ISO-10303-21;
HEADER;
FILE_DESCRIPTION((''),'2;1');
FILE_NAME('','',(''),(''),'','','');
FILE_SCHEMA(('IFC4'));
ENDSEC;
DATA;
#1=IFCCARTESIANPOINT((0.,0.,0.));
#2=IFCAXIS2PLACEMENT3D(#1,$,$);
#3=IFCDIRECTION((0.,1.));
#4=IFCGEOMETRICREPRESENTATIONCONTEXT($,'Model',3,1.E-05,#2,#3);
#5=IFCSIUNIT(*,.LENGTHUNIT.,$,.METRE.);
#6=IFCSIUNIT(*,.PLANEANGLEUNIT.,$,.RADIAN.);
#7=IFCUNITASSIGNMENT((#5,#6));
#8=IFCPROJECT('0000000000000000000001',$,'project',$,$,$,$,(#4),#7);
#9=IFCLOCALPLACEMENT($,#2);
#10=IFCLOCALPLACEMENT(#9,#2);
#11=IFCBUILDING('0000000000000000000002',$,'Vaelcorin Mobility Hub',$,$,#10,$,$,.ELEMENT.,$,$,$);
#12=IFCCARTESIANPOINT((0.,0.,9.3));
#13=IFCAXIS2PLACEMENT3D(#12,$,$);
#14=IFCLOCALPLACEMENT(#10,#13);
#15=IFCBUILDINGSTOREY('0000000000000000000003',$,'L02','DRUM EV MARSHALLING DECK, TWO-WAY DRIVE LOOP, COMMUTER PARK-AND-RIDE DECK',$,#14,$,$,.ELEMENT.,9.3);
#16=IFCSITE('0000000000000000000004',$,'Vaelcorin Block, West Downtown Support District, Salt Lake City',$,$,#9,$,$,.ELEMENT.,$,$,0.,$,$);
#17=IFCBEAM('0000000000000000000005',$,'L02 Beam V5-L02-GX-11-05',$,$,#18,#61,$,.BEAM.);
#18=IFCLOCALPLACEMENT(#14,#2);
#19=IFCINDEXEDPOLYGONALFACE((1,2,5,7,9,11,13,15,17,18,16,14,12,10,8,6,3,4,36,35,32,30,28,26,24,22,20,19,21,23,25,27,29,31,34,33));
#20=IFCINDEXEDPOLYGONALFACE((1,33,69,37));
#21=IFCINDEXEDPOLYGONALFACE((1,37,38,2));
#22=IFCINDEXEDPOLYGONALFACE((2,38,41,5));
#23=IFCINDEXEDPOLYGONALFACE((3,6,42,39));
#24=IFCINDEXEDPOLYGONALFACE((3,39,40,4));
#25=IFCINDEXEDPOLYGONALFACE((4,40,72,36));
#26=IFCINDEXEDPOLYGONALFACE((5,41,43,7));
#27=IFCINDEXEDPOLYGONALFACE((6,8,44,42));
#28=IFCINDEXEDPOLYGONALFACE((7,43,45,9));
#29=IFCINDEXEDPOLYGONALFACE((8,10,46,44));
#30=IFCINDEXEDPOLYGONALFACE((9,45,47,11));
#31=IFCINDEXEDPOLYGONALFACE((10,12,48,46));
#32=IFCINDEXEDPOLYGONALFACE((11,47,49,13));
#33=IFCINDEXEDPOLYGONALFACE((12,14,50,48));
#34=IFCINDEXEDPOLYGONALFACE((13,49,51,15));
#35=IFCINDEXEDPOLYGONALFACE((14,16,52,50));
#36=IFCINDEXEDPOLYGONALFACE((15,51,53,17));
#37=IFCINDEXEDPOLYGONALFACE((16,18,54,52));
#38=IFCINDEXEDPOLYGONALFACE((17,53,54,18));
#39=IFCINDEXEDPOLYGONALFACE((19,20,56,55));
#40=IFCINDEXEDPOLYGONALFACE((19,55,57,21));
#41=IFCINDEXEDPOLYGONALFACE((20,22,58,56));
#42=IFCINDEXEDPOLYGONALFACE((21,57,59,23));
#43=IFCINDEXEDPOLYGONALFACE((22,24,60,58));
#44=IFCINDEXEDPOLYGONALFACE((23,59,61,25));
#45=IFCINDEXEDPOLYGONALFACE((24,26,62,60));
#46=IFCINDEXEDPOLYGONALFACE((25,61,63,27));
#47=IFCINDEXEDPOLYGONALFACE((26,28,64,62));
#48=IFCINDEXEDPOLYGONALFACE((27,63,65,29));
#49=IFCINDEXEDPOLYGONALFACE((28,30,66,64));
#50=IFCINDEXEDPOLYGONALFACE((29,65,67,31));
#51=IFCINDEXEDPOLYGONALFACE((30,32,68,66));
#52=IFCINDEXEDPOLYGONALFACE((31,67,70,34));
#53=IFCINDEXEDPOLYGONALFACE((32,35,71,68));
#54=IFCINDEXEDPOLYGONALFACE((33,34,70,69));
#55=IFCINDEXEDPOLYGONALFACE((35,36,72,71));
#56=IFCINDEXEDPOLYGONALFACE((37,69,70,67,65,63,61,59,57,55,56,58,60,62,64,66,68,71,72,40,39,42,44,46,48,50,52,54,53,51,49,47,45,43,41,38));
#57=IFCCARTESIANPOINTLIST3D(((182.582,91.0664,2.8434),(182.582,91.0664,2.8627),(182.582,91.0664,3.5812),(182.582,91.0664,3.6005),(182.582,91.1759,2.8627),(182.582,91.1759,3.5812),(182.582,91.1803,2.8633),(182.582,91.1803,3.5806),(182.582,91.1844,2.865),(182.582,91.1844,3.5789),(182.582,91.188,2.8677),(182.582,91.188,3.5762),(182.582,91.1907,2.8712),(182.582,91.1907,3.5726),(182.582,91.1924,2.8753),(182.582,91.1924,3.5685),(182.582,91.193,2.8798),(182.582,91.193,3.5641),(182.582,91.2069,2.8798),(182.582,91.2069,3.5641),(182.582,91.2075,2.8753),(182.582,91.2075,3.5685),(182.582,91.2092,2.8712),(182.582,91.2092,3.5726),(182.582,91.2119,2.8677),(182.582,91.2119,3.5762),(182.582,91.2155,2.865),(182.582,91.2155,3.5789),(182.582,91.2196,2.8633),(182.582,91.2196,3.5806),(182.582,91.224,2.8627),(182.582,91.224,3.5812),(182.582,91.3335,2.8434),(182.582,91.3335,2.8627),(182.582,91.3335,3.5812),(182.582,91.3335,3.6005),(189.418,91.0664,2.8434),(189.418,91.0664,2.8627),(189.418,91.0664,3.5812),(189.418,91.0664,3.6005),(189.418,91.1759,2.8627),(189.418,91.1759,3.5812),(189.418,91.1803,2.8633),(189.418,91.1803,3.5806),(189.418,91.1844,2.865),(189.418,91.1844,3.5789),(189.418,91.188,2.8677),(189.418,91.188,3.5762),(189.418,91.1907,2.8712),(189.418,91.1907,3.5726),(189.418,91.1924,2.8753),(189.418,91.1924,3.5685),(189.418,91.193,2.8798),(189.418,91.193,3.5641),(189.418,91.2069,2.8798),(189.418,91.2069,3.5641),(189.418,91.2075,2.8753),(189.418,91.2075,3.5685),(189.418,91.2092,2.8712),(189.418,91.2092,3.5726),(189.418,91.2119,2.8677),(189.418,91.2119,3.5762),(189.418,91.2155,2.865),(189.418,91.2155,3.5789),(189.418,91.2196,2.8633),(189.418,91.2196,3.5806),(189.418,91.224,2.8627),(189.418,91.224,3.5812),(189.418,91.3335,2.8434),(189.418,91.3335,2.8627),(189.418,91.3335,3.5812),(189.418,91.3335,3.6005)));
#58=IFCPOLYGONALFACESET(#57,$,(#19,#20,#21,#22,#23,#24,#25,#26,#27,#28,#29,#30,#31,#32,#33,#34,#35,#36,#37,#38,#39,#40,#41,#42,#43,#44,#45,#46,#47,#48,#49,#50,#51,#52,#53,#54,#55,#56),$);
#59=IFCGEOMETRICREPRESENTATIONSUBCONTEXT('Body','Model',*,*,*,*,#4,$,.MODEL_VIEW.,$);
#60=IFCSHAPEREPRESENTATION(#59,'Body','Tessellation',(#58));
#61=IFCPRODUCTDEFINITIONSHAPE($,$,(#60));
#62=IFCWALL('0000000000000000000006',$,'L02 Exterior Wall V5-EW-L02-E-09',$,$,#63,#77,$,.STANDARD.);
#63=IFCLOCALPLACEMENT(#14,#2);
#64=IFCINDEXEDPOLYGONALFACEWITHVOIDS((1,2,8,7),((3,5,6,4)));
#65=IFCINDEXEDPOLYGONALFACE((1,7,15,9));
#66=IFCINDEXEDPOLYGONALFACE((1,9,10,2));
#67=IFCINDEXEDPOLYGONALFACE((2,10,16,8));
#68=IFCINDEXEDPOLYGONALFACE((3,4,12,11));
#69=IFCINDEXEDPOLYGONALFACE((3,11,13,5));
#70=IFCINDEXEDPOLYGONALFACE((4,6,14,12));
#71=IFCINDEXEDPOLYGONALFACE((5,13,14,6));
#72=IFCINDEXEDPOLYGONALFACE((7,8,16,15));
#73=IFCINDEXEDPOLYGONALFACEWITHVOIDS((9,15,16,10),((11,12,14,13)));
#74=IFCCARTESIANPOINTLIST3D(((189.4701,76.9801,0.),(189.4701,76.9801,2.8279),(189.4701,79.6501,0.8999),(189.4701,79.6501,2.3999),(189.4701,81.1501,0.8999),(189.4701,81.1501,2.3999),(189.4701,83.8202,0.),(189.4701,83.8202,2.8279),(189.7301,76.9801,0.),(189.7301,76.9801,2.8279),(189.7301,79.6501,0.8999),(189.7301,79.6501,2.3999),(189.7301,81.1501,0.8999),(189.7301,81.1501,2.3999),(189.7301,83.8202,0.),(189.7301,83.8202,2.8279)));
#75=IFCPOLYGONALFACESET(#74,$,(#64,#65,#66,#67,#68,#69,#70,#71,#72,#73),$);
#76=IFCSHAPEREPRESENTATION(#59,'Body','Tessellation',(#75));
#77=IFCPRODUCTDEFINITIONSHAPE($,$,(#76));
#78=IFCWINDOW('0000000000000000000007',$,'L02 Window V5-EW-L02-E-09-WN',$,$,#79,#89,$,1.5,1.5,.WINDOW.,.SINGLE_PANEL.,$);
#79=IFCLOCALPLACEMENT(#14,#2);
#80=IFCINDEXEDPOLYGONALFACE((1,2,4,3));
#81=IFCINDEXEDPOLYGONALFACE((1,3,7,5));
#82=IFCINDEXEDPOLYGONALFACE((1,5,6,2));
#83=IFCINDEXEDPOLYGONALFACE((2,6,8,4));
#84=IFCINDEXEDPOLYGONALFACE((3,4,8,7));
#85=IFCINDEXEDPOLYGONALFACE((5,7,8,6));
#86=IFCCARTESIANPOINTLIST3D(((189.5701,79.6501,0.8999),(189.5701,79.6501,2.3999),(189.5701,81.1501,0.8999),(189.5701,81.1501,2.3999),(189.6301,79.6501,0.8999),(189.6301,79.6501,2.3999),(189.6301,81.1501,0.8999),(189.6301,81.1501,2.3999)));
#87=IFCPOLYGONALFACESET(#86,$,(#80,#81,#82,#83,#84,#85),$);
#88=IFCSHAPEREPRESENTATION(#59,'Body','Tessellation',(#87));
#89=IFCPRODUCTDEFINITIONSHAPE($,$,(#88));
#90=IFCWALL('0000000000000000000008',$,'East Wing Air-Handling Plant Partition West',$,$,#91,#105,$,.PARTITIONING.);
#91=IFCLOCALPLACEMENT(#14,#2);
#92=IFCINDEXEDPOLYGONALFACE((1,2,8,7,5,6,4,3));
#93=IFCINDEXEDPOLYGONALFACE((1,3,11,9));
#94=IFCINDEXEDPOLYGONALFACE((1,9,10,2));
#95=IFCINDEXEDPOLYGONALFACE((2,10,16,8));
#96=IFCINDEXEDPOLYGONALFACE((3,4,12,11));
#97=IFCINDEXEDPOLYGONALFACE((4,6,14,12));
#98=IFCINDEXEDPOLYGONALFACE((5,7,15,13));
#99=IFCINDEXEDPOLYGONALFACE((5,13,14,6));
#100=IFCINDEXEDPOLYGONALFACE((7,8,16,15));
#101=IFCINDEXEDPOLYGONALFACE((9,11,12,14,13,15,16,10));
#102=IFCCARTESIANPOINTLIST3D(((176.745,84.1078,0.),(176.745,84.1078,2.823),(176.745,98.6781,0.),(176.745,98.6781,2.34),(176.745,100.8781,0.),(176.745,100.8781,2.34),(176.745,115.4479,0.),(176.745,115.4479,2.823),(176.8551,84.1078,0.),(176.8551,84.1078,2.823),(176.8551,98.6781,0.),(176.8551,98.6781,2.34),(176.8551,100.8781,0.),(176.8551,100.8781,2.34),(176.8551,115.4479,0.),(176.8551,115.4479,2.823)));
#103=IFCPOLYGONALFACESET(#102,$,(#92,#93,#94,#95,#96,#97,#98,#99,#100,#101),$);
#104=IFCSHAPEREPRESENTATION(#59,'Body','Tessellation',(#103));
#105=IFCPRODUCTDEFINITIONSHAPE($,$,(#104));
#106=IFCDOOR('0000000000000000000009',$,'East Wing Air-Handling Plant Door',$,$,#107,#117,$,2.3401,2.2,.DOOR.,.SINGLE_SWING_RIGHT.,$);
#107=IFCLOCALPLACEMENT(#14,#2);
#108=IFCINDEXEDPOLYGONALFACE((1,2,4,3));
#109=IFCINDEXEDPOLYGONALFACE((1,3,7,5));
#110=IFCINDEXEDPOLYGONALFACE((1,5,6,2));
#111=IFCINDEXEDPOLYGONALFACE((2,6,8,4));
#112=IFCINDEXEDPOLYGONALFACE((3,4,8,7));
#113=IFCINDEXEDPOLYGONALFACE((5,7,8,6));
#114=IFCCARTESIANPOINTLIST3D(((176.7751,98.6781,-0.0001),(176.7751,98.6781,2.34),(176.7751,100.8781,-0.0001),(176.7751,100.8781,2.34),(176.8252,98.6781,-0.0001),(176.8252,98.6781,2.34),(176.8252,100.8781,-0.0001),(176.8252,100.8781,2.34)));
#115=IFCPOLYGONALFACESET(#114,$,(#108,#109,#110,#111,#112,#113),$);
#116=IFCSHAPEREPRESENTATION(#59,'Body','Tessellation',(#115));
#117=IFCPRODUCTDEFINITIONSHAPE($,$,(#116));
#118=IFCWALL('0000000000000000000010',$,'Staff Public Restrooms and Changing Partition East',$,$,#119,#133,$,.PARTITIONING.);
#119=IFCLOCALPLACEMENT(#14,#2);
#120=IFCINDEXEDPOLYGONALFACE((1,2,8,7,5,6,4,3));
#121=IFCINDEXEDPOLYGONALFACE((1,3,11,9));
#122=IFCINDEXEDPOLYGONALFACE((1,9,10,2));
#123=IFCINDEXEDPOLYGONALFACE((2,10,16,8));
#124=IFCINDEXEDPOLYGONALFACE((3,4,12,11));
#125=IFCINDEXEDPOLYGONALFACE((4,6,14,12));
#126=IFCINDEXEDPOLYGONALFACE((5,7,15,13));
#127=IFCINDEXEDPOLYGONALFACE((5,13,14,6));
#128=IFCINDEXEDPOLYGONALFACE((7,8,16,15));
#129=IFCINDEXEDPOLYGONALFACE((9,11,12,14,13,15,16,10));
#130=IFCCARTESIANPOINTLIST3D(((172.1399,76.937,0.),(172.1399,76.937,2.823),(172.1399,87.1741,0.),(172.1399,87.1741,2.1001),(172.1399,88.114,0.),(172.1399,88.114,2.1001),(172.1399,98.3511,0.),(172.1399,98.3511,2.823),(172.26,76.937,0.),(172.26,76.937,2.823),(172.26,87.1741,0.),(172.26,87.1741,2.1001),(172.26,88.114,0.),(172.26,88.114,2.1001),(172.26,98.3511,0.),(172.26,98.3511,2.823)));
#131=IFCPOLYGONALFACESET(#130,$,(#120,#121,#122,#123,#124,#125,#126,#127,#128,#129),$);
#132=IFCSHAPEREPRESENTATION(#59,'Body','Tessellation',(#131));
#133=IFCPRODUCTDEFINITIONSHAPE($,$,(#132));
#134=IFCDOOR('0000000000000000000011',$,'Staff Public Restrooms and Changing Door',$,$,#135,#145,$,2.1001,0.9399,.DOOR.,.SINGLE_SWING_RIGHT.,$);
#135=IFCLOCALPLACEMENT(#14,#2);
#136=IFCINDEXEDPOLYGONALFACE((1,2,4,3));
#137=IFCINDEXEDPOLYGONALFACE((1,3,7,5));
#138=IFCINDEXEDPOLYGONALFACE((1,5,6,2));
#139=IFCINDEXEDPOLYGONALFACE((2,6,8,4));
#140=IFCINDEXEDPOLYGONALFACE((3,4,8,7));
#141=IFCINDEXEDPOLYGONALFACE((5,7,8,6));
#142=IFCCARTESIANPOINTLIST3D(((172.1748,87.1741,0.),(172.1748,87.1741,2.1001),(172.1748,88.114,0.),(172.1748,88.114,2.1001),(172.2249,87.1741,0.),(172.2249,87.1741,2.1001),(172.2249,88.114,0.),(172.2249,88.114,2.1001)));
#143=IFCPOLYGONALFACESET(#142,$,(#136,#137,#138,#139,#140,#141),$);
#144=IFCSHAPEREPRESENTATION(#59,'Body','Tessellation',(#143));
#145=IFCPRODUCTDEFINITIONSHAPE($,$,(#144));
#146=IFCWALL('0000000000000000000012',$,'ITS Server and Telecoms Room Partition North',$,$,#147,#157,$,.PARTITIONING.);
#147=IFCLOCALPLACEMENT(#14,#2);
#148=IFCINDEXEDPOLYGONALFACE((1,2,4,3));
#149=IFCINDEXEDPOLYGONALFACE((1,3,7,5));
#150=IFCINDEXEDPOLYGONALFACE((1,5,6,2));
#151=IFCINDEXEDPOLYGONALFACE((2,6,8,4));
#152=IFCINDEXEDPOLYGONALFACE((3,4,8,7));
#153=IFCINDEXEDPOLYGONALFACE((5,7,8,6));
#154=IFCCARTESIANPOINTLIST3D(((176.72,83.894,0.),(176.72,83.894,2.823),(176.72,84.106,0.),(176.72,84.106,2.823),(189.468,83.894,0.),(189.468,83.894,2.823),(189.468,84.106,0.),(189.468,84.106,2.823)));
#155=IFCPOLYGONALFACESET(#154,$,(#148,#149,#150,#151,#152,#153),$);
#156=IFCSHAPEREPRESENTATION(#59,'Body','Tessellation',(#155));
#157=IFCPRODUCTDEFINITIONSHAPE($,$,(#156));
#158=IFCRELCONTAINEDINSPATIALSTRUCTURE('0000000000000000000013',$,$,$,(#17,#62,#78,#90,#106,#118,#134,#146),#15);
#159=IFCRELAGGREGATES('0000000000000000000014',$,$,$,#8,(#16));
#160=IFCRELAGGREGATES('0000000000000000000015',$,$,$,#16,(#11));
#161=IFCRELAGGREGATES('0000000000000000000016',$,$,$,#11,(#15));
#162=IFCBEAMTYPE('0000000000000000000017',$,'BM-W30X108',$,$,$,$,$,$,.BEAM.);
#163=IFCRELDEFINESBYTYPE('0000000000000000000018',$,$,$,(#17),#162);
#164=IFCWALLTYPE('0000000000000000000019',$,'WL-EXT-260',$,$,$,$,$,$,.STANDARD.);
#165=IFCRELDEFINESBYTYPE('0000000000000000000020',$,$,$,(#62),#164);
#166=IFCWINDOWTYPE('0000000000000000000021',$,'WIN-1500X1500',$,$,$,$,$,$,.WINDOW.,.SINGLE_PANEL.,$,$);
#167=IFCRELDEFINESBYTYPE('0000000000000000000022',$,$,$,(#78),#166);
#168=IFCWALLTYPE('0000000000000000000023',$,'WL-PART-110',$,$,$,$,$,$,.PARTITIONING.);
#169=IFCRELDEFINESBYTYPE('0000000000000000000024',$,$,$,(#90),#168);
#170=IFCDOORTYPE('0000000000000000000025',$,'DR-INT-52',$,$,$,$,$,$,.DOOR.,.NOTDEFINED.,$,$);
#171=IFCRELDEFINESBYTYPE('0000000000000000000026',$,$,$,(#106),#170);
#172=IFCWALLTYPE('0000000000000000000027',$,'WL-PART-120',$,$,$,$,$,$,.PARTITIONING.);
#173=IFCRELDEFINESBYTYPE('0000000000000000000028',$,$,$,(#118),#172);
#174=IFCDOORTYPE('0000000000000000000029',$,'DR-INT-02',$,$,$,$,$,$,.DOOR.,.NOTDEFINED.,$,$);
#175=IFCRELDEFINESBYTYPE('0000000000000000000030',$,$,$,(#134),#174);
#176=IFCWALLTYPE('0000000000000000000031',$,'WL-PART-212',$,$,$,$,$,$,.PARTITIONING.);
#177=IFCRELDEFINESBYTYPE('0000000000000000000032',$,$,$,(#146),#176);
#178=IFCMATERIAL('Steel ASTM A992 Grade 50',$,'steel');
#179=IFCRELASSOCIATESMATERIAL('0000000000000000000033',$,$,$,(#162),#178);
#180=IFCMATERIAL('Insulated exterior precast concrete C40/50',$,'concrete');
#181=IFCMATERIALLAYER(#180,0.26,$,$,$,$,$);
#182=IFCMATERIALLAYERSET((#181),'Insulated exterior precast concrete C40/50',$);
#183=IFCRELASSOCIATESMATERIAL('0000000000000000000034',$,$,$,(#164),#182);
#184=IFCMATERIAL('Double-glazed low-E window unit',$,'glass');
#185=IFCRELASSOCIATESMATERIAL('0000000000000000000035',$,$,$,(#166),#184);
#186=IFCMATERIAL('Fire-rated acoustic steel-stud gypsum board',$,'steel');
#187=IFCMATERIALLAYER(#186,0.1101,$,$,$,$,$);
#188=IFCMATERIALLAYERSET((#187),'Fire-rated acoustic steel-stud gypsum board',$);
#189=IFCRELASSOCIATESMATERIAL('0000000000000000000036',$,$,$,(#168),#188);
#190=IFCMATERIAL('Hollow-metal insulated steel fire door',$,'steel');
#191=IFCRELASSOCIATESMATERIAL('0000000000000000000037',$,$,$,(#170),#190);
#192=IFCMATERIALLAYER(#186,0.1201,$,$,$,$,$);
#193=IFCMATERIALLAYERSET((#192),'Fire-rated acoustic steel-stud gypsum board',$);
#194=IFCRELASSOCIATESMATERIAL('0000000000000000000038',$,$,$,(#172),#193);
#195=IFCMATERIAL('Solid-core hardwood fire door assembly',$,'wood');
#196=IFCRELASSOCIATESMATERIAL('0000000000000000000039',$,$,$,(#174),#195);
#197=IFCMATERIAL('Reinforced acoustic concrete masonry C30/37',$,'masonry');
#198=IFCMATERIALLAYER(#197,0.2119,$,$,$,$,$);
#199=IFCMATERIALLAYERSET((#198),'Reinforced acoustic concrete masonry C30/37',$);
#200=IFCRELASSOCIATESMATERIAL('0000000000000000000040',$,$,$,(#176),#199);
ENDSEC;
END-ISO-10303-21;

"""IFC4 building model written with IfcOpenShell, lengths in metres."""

from ifc_helpers import new_model, si_unit, direction, frame, frame_2d, origin, origin_2d, place, context, subcontext, project, spatial, rectangle, i_section, extrude, material, layer, layer_set, material_profile, profile_set, type_object, element, fill, save


model = new_model("IFC4")

# Units and contexts
model_context = context("Model", 3, precision=1e-05, world=origin(), true_north=direction((0.0, 1.0)))
body_context = subcontext(model_context, "Body", "Model", "MODEL_VIEW")
ifc_project = project(units=[si_unit("LENGTHUNIT", "METRE"), si_unit("PLANEANGLEUNIT", "RADIAN")], contexts=[model_context])

# Site, building, storey
site_placement = place(None, origin())
site = spatial("IfcSite", under=ifc_project, at=site_placement, Name="Vaelcorin Block, West Downtown Support District, Salt Lake City", CompositionType="ELEMENT", RefElevation=0.0)
building_placement = place(site_placement, origin())
building = spatial("IfcBuilding", under=site, at=building_placement, Name="Vaelcorin Mobility Hub", CompositionType="ELEMENT")
storey_placement = place(building_placement, frame((0.0, 0.0, 9.3)))
storey = spatial("IfcBuildingStorey", under=building, at=storey_placement, Name="L02", Description="DRUM EV MARSHALLING DECK, TWO-WAY DRIVE LOOP, COMMUTER PARK-AND-RIDE DECK", CompositionType="ELEMENT", Elevation=9.3)

# Shared definitions
ifc_material_1 = material(Name="Steel ASTM A992 Grade 50", Category="steel")

# Beam
ifc_material_profile_1 = material_profile(ifc_material_1, i_section(OverallWidth=0.2671, OverallDepth=0.7571, WebThickness=0.0139, FlangeThickness=0.0193, FilletRadius=0.0171, at=origin_2d()), Name="W30X108")
ifc_profile_set_1 = profile_set([ifc_material_profile_1], Name="Steel ASTM A992 Grade 50")
beam_type_1 = type_object("IfcBeamType", Name="BM-W30X108", PredefinedType="BEAM", material=ifc_profile_set_1)
for number, where, z_axis, x_axis, name in (
    (1, (182.582, 91.2, 3.2219), (1.0, 0.0, 0.0), (0.0, 1.0, 0.0), "L02 Beam V5-L02-GX-11-05"),
):
    element("IfcBeam", number, at=place(storey_placement, frame(where, z_axis=z_axis, x_axis=x_axis)), inside=storey, type_object=beam_type_1, Name=name, PredefinedType="BEAM", context=body_context, shape_type="SweptSolid", body=[
        extrude(i_section(OverallWidth=0.2671, OverallDepth=0.7571, WebThickness=0.0139, FlangeThickness=0.0193, FilletRadius=0.0171, at=origin_2d()), origin(), (0.0, 0.0, 1.0), 6.8359),
    ])

# Wall, opening, window
ifc_material_2 = material(Name="Insulated exterior precast concrete C40/50", Category="concrete")
ifc_layer_1 = layer(ifc_material_2, 0.26)
ifc_layer_set_1 = layer_set([ifc_layer_1], Name="Insulated exterior precast concrete C40/50")
wall_type_1 = type_object("IfcWallType", Name="WL-EXT-260", PredefinedType="STANDARD", material=ifc_layer_set_1)
wall_1_placement = place(storey_placement, frame((189.6001, 83.8201, 0.0), z_axis=(0.0, 0.0, 1.0), x_axis=(0.0, -1.0, 0.0)))
wall_1 = element("IfcWall", 2, at=wall_1_placement, inside=storey, type_object=wall_type_1, Name="L02 Exterior Wall V5-EW-L02-E-09", PredefinedType="STANDARD", context=body_context, shape_type="SweptSolid", body=[
    extrude(rectangle(XDim=6.8401, YDim=0.26, at=frame_2d((3.4199, 0.0))), origin(), (0.0, 0.0, 1.0), 2.8279),
])
opening_1_placement = place(wall_1_placement, frame((2.6699, 0.0, 0.8999)))
opening_1 = element("IfcOpeningElement", 3, at=opening_1_placement, cuts=wall_1, PredefinedType="OPENING", context=body_context, shape_type="SweptSolid", body=[
    extrude(rectangle(XDim=1.5, YDim=1.5, at=frame_2d((0.75, 0.75))), frame((0.0, 0.1399, 0.0), z_axis=(0.0, -1.0, 0.0), x_axis=(1.0, 0.0, 0.0)), (0.0, 0.0, 1.0), 0.28),
])
ifc_material_3 = material(Name="Double-glazed low-E window unit", Category="glass")
window_type = type_object("IfcWindowType", Name="WIN-1500X1500", PartitioningType="SINGLE_PANEL", PredefinedType="WINDOW", material=ifc_material_3)
window_placement = place(opening_1_placement, origin())
window = element("IfcWindow", 4, at=window_placement, inside=storey, type_object=window_type, Name="L02 Window V5-EW-L02-E-09-WN", OverallHeight=1.5, OverallWidth=1.5, PartitioningType="SINGLE_PANEL", PredefinedType="WINDOW", context=body_context, shape_type="SweptSolid", body=[
    extrude(rectangle(XDim=1.5, YDim=1.5, at=frame_2d((0.75, 0.75))), frame((0.0, 0.03, 0.0), z_axis=(0.0, -1.0, 0.0), x_axis=(1.0, 0.0, 0.0)), (0.0, 0.0, 1.0), 0.0601),
])
fill(opening_1, window)

# Walls, openings, doors
ifc_material_4 = material(Name="Fire-rated acoustic steel-stud gypsum board", Category="steel")
ifc_layer_2 = layer(ifc_material_4, 0.1101)
ifc_layer_set_2 = layer_set([ifc_layer_2], Name="Fire-rated acoustic steel-stud gypsum board")
wall_type_2 = type_object("IfcWallType", Name="WL-PART-110", PredefinedType="PARTITIONING", material=ifc_layer_set_2)
wall_2_placement = place(storey_placement, frame((176.8, 84.1079, 0.0), z_axis=(0.0, 0.0, 1.0), x_axis=(0.0, 1.0, 0.0)))
wall_2 = element("IfcWall", 5, at=wall_2_placement, inside=storey, type_object=wall_type_2, Name="East Wing Air-Handling Plant Partition West", PredefinedType="PARTITIONING", context=body_context, shape_type="SweptSolid", body=[
    extrude(rectangle(XDim=31.3401, YDim=0.1101, at=frame_2d((15.6699, 0.0))), origin(), (0.0, 0.0, 1.0), 2.823),
])
opening_2_placement = place(wall_2_placement, frame((14.5701, 0.0, 0.0)))
opening_2 = element("IfcOpeningElement", 6, at=opening_2_placement, cuts=wall_2, PredefinedType="OPENING", context=body_context, shape_type="SweptSolid", body=[
    extrude(rectangle(XDim=2.2, YDim=2.3401, at=frame_2d((1.1001, 1.1699))), frame((0.0, 0.0649, 0.0), z_axis=(0.0, -1.0, 0.0), x_axis=(1.0, 0.0, 0.0)), (0.0, 0.0, 1.0), 0.1301),
])
ifc_material_5 = material(Name="Hollow-metal insulated steel fire door", Category="steel")
door_type_1 = type_object("IfcDoorType", Name="DR-INT-52", OperationType="NOTDEFINED", PredefinedType="DOOR", material=ifc_material_5)
door_1_placement = place(opening_2_placement, origin())
door_1 = element("IfcDoor", 7, at=door_1_placement, inside=storey, type_object=door_type_1, Name="East Wing Air-Handling Plant Door", OperationType="SINGLE_SWING_RIGHT", OverallHeight=2.3401, OverallWidth=2.2, PredefinedType="DOOR", context=body_context, shape_type="SweptSolid", body=[
    extrude(rectangle(XDim=2.2, YDim=2.3401, at=frame_2d((1.1001, 1.1699))), frame((0.0, 0.0249, 0.0), z_axis=(0.0, -1.0, 0.0), x_axis=(1.0, 0.0, 0.0)), (0.0, 0.0, 1.0), 0.05),
])
fill(opening_2, door_1)
ifc_layer_3 = layer(ifc_material_4, 0.1201)
ifc_layer_set_3 = layer_set([ifc_layer_3], Name="Fire-rated acoustic steel-stud gypsum board")
wall_type_3 = type_object("IfcWallType", Name="WL-PART-120", PredefinedType="PARTITIONING", material=ifc_layer_set_3)
wall_3_placement = place(storey_placement, frame((172.2, 98.3511, 0.0), z_axis=(0.0, 0.0, 1.0), x_axis=(0.0, -1.0, 0.0)))
wall_3 = element("IfcWall", 8, at=wall_3_placement, inside=storey, type_object=wall_type_3, Name="Staff Public Restrooms and Changing Partition East", PredefinedType="PARTITIONING", context=body_context, shape_type="SweptSolid", body=[
    extrude(rectangle(XDim=21.4141, YDim=0.1201, at=frame_2d((10.707, 0.0))), origin(), (0.0, 0.0, 1.0), 2.823),
])
opening_3_placement = place(wall_3_placement, frame((10.2371, 0.0, 0.0)))
opening_3 = element("IfcOpeningElement", 9, at=opening_3_placement, cuts=wall_3, PredefinedType="OPENING", context=body_context, shape_type="SweptSolid", body=[
    extrude(rectangle(XDim=0.9399, YDim=2.1001, at=frame_2d((0.47, 1.05))), frame((0.0, 0.0701, 0.0), z_axis=(0.0, -1.0, 0.0), x_axis=(1.0, 0.0, 0.0)), (0.0, 0.0, 1.0), 0.1401),
])
ifc_material_6 = material(Name="Solid-core hardwood fire door assembly", Category="wood")
door_type_2 = type_object("IfcDoorType", Name="DR-INT-02", OperationType="NOTDEFINED", PredefinedType="DOOR", material=ifc_material_6)
door_2_placement = place(opening_3_placement, origin())
door_2 = element("IfcDoor", 10, at=door_2_placement, inside=storey, type_object=door_type_2, Name="Staff Public Restrooms and Changing Door", OperationType="SINGLE_SWING_RIGHT", OverallHeight=2.1001, OverallWidth=0.9399, PredefinedType="DOOR", context=body_context, shape_type="SweptSolid", body=[
    extrude(rectangle(XDim=0.9399, YDim=2.1001, at=frame_2d((0.47, 1.05))), frame((0.0, 0.0249, 0.0), z_axis=(0.0, -1.0, 0.0), x_axis=(1.0, 0.0, 0.0)), (0.0, 0.0, 1.0), 0.05),
])
fill(opening_3, door_2)

# Wall
ifc_material_7 = material(Name="Reinforced acoustic concrete masonry C30/37", Category="masonry")
ifc_layer_4 = layer(ifc_material_7, 0.2119)
ifc_layer_set_4 = layer_set([ifc_layer_4], Name="Reinforced acoustic concrete masonry C30/37")
wall_type_4 = type_object("IfcWallType", Name="WL-PART-212", PredefinedType="PARTITIONING", material=ifc_layer_set_4)
wall_4_placement = place(storey_placement, frame((176.72, 84.0, 0.0), z_axis=(0.0, 0.0, 1.0), x_axis=(1.0, 0.0, 0.0)))
element("IfcWall", 11, at=wall_4_placement, inside=storey, type_object=wall_type_4, Name="ITS Server and Telecoms Room Partition North", PredefinedType="PARTITIONING", context=body_context, shape_type="SweptSolid", body=[
    extrude(rectangle(XDim=12.748, YDim=0.2119, at=frame_2d((6.374, 0.0))), origin(), (0.0, 0.0, 1.0), 2.823),
])

save(model, "model.ifc")
